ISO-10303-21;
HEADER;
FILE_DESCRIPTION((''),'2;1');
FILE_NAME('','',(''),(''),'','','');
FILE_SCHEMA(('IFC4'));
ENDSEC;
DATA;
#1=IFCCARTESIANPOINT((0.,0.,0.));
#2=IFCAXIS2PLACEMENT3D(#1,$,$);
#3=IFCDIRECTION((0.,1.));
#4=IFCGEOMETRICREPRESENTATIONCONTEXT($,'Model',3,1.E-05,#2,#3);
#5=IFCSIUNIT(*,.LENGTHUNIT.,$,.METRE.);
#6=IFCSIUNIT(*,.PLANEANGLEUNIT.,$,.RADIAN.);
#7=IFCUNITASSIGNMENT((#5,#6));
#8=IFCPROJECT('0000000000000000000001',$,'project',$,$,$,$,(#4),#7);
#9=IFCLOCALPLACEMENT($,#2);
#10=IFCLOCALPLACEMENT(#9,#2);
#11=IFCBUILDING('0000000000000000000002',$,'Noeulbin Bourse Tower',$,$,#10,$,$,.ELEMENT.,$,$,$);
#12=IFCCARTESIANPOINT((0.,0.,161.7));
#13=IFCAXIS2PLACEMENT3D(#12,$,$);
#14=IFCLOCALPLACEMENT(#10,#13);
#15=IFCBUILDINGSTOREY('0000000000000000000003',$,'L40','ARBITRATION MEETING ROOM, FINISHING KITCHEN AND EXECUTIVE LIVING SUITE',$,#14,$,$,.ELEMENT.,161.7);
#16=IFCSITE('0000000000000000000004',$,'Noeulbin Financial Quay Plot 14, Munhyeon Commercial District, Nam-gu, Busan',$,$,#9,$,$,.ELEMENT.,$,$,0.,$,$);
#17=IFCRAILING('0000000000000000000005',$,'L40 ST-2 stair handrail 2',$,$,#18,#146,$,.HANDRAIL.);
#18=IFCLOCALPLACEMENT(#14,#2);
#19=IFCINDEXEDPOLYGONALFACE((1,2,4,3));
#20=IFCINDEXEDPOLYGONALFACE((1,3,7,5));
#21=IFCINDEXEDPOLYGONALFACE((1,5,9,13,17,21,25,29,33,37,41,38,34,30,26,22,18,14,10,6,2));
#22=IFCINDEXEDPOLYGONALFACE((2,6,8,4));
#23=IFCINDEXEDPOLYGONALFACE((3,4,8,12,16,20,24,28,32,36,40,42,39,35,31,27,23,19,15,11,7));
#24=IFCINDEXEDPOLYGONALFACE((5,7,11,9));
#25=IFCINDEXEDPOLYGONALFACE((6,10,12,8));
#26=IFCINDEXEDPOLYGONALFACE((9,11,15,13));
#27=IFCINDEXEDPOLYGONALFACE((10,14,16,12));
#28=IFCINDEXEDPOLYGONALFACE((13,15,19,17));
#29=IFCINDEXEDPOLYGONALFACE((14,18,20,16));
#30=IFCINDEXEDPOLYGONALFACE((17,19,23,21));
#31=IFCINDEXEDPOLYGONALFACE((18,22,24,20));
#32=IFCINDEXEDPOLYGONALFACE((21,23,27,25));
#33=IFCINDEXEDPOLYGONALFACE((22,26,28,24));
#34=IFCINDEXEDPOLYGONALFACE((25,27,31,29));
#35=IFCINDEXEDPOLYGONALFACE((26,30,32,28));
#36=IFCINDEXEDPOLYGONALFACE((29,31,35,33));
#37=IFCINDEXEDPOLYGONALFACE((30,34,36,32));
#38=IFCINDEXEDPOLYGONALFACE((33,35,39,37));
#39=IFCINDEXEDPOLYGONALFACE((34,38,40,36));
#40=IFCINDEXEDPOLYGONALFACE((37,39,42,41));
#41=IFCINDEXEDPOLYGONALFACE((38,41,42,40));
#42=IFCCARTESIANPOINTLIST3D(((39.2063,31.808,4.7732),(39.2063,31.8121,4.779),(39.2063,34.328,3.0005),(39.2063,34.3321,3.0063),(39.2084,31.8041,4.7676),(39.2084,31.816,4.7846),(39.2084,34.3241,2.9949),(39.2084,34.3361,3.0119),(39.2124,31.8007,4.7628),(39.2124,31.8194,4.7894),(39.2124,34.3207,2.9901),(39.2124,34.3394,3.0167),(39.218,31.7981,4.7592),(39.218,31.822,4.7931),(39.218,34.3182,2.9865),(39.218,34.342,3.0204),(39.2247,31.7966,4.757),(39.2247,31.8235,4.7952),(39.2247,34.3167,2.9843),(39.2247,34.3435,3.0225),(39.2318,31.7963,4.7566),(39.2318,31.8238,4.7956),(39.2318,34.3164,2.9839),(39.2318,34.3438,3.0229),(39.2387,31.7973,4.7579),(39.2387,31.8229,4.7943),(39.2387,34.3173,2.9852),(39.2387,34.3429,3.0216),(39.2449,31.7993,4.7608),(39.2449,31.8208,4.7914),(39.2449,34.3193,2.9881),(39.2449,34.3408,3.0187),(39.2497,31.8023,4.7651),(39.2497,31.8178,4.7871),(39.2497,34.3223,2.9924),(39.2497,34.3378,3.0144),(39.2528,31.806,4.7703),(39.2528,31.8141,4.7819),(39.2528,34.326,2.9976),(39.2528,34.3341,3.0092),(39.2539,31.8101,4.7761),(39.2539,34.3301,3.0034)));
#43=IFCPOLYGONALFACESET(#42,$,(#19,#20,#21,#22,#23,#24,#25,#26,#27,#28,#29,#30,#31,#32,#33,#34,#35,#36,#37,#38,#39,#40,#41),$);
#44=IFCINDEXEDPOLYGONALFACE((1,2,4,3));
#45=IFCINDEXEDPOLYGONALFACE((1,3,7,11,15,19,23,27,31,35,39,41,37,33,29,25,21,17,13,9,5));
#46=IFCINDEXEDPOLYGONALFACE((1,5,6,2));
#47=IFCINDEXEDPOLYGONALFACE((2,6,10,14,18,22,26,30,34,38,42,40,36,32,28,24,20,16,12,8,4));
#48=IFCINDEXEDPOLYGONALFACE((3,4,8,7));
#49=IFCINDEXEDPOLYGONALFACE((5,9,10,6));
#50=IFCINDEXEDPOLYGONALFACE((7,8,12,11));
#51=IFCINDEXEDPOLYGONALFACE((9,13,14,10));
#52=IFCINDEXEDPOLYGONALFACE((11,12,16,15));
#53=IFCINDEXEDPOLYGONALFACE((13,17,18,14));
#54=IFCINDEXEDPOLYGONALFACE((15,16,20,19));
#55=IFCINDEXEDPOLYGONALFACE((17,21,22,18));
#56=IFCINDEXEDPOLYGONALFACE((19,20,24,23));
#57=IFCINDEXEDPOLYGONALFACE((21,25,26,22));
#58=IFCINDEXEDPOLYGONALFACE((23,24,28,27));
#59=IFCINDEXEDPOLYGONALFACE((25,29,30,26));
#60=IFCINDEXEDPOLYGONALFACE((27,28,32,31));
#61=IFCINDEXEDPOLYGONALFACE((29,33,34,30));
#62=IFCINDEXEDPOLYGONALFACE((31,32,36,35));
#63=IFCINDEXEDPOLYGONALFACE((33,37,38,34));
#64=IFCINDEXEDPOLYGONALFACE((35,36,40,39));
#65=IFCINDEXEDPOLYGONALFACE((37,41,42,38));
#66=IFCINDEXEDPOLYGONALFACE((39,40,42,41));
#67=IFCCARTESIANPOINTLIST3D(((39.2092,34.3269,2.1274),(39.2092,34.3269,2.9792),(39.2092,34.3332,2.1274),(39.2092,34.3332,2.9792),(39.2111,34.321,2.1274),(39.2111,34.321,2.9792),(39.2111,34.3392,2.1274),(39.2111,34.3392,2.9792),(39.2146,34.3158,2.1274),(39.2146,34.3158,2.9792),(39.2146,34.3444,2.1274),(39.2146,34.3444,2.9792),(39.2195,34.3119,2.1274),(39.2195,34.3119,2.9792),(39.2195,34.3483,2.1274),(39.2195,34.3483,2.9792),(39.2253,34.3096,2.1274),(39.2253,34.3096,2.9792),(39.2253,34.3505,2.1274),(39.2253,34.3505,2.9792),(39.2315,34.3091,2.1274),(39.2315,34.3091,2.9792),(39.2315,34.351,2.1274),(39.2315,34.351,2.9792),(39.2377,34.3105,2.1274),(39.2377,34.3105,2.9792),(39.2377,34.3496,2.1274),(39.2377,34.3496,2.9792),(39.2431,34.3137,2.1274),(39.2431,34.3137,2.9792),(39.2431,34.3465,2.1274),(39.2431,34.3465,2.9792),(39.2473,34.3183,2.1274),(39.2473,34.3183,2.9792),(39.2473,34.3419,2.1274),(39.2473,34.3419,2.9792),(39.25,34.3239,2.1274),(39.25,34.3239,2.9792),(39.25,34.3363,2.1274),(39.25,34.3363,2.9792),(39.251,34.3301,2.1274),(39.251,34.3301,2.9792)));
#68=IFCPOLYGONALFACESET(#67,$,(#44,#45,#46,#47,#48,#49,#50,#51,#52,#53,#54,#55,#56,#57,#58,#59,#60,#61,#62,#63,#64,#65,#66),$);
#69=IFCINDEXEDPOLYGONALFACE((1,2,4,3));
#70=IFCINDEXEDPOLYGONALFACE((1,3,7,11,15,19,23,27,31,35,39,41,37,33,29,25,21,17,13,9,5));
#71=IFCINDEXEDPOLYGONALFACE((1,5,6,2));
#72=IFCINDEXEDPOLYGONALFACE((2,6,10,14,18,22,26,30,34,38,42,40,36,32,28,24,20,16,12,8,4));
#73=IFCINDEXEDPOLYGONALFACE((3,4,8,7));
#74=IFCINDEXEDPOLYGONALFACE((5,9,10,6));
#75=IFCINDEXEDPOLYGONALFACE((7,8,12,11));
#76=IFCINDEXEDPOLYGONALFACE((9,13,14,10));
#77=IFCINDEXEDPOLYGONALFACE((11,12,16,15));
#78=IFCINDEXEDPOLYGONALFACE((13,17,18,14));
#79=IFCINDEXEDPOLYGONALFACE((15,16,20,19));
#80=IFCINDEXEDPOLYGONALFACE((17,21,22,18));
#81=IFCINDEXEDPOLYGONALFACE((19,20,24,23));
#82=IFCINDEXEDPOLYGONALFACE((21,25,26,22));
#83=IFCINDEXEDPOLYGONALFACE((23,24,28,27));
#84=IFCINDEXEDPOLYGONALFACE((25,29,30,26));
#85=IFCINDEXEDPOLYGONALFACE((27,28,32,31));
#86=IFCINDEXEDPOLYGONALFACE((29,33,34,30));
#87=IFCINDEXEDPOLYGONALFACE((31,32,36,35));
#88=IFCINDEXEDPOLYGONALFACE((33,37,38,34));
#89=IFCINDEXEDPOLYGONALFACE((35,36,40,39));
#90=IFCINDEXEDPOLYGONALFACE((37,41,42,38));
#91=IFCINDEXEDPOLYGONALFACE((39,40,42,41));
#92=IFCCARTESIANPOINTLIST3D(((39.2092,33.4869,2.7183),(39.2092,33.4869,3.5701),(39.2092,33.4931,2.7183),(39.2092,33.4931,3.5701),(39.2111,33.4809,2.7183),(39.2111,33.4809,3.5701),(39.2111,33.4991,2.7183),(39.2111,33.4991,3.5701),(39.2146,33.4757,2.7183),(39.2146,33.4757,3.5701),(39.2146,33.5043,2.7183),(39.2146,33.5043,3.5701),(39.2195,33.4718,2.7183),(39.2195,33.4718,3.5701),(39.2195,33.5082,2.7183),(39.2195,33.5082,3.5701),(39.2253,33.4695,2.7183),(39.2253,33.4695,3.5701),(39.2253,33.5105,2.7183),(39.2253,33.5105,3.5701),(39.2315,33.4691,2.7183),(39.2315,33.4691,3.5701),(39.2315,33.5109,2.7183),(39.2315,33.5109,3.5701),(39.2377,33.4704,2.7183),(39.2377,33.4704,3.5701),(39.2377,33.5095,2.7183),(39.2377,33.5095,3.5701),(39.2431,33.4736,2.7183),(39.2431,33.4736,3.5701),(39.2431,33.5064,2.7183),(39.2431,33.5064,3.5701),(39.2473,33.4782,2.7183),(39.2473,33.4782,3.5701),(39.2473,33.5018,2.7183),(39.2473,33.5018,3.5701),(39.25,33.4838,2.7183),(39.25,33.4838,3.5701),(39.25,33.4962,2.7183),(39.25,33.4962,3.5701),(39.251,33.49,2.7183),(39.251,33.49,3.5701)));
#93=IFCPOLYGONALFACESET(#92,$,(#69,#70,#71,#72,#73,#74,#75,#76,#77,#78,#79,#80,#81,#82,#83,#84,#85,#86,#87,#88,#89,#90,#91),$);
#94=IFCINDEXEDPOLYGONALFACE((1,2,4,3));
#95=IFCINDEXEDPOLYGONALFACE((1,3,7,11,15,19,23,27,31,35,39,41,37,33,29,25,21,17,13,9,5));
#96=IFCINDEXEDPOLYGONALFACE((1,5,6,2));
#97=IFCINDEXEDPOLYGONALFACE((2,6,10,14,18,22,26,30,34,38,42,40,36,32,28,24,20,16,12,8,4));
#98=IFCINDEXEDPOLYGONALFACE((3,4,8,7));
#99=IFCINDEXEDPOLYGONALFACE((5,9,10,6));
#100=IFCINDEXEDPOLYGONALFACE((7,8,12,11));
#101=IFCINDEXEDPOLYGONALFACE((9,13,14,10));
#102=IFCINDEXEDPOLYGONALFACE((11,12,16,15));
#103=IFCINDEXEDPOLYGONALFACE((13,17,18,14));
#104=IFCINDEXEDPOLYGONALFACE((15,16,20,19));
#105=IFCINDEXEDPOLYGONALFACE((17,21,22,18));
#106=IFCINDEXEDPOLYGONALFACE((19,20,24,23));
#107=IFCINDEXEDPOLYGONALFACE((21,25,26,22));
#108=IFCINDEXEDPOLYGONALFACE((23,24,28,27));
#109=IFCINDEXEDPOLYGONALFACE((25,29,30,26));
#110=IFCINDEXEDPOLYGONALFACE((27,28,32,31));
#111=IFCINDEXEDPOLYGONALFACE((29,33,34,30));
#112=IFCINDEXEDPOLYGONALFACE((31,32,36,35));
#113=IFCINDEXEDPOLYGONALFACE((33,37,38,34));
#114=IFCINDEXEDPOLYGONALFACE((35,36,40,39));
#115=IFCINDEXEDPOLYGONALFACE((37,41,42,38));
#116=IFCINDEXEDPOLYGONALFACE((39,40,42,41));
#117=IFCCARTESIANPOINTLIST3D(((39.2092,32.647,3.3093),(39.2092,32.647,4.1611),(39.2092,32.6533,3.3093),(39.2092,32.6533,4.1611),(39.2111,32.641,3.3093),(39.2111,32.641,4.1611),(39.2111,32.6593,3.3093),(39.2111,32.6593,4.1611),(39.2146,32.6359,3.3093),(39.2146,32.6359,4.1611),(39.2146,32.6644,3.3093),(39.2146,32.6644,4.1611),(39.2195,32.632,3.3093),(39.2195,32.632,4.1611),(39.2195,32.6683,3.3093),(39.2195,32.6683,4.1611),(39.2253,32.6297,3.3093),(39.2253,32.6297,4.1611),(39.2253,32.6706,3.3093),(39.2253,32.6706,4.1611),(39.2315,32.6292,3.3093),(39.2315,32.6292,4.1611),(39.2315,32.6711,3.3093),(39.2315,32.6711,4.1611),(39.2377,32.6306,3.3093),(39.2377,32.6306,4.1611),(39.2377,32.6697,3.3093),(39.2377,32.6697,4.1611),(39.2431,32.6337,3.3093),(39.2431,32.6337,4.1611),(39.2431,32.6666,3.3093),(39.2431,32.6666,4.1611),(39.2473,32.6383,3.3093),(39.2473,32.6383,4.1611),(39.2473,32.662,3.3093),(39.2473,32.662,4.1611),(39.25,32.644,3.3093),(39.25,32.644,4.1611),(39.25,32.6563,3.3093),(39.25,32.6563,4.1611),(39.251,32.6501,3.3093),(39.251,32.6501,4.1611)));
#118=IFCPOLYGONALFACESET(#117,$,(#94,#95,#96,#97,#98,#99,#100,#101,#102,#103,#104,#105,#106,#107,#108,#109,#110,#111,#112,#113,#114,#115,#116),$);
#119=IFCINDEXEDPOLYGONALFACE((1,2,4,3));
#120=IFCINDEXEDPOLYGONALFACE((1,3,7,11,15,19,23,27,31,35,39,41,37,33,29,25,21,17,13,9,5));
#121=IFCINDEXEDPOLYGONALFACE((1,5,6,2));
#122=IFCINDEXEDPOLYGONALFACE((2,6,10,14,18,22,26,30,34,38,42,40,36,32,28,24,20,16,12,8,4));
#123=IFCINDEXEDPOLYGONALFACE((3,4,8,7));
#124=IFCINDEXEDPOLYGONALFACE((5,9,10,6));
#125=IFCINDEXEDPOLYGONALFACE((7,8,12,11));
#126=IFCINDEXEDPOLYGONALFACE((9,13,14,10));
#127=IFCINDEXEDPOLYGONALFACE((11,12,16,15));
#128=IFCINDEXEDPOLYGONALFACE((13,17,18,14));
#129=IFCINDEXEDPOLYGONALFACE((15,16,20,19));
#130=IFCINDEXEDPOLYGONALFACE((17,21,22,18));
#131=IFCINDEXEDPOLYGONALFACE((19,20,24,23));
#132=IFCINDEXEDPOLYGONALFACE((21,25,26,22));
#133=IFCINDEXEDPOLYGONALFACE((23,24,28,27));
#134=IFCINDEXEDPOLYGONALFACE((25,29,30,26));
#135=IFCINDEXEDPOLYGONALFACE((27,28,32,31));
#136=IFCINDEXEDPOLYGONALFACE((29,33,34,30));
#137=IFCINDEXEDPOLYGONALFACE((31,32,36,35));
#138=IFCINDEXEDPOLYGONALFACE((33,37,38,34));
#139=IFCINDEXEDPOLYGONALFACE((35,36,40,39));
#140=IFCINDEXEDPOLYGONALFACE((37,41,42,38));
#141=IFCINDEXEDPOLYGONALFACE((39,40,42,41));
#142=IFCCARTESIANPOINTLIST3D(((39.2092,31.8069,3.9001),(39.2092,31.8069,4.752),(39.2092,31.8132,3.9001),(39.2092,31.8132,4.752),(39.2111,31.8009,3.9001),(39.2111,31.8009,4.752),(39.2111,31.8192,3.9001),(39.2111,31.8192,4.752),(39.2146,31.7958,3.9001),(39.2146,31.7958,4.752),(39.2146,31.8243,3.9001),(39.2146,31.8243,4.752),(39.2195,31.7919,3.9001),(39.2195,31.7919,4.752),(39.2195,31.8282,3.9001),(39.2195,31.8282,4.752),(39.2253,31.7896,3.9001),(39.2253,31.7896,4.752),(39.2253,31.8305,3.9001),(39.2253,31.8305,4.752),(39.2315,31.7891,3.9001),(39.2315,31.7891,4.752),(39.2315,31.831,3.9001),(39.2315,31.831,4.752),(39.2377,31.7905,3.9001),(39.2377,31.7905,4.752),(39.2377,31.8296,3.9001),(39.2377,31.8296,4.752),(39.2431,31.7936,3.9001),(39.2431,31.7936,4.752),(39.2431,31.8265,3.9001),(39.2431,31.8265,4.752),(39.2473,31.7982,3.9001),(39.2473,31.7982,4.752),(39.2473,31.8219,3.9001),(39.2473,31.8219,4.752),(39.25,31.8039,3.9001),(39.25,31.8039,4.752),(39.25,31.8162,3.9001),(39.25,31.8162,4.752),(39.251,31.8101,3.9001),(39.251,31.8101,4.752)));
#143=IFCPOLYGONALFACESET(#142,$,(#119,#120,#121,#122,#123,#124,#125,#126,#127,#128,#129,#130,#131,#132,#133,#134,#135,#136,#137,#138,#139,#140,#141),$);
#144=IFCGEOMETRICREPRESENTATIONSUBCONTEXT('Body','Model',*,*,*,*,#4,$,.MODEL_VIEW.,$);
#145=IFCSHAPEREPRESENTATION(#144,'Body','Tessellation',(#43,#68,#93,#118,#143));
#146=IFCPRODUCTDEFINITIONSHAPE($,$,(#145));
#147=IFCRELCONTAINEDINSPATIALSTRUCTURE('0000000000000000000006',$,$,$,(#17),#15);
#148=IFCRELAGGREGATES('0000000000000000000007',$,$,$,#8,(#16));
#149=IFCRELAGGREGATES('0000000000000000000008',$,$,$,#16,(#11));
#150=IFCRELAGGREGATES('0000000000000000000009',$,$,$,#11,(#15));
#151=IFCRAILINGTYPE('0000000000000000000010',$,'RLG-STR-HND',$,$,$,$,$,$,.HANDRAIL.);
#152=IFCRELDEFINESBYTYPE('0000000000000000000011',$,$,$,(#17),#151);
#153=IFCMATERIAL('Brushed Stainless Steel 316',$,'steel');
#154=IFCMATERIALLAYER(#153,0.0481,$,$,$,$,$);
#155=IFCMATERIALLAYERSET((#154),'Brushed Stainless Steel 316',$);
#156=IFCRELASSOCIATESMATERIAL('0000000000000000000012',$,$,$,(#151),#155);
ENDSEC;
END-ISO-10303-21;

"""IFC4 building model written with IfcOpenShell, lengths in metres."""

from ifc_helpers import new_model, si_unit, direction, frame, origin, origin_2d, place, context, subcontext, project, spatial, circle, extrude, material, layer, layer_set, type_object, element, save


model = new_model("IFC4")

# Units and contexts
model_context = context("Model", 3, precision=1e-05, world=origin(), true_north=direction((0.0, 1.0)))
body_context = subcontext(model_context, "Body", "Model", "MODEL_VIEW")
ifc_project = project(units=[si_unit("LENGTHUNIT", "METRE"), si_unit("PLANEANGLEUNIT", "RADIAN")], contexts=[model_context])

# Site, building, storey
site_placement = place(None, origin())
site = spatial("IfcSite", under=ifc_project, at=site_placement, Name="Noeulbin Financial Quay Plot 14, Munhyeon Commercial District, Nam-gu, Busan", CompositionType="ELEMENT", RefElevation=0.0)
building_placement = place(site_placement, origin())
building = spatial("IfcBuilding", under=site, at=building_placement, Name="Noeulbin Bourse Tower", CompositionType="ELEMENT")
storey_placement = place(building_placement, frame((0.0, 0.0, 161.7)))
storey = spatial("IfcBuildingStorey", under=building, at=storey_placement, Name="L40", Description="ARBITRATION MEETING ROOM, FINISHING KITCHEN AND EXECUTIVE LIVING SUITE", CompositionType="ELEMENT", Elevation=161.7)

# Shared definitions
ifc_material_1 = material(Name="Brushed Stainless Steel 316", Category="steel")

# Railing
ifc_layer_1 = layer(ifc_material_1, 0.0481)
ifc_layer_set_1 = layer_set([ifc_layer_1], Name="Brushed Stainless Steel 316")
railing_type = type_object("IfcRailingType", Name="RLG-STR-HND", PredefinedType="HANDRAIL", material=ifc_layer_set_1)
railing_placement = place(storey_placement, frame((39.23, 34.3301, 2.1274)))
element("IfcRailing", 1, at=railing_placement, inside=storey, type_object=railing_type, Name="L40 ST-2 stair handrail 2", PredefinedType="HANDRAIL", context=body_context, shape_type="SweptSolid", body=[
    extrude(circle(Radius=0.0239, at=origin_2d()), frame((0.0, 0.0, 0.876), z_axis=(0.0, -0.817904, 0.575354), x_axis=(1.0, 0.0, 0.0)), (0.0, 0.0, 1.0), 3.0811),
    extrude(circle(Radius=0.021, at=origin_2d()), origin(), (0.0, 0.0, 1.0), 0.8518),
    extrude(circle(Radius=0.021, at=origin_2d()), frame((0.0, -0.8401, 0.5908)), (0.0, 0.0, 1.0), 0.8518),
    extrude(circle(Radius=0.021, at=origin_2d()), frame((0.0, -1.6799, 1.1819)), (0.0, 0.0, 1.0), 0.8518),
    extrude(circle(Radius=0.021, at=origin_2d()), frame((0.0, -2.52, 1.7727)), (0.0, 0.0, 1.0), 0.8518),
])

save(model, "model.ifc")
